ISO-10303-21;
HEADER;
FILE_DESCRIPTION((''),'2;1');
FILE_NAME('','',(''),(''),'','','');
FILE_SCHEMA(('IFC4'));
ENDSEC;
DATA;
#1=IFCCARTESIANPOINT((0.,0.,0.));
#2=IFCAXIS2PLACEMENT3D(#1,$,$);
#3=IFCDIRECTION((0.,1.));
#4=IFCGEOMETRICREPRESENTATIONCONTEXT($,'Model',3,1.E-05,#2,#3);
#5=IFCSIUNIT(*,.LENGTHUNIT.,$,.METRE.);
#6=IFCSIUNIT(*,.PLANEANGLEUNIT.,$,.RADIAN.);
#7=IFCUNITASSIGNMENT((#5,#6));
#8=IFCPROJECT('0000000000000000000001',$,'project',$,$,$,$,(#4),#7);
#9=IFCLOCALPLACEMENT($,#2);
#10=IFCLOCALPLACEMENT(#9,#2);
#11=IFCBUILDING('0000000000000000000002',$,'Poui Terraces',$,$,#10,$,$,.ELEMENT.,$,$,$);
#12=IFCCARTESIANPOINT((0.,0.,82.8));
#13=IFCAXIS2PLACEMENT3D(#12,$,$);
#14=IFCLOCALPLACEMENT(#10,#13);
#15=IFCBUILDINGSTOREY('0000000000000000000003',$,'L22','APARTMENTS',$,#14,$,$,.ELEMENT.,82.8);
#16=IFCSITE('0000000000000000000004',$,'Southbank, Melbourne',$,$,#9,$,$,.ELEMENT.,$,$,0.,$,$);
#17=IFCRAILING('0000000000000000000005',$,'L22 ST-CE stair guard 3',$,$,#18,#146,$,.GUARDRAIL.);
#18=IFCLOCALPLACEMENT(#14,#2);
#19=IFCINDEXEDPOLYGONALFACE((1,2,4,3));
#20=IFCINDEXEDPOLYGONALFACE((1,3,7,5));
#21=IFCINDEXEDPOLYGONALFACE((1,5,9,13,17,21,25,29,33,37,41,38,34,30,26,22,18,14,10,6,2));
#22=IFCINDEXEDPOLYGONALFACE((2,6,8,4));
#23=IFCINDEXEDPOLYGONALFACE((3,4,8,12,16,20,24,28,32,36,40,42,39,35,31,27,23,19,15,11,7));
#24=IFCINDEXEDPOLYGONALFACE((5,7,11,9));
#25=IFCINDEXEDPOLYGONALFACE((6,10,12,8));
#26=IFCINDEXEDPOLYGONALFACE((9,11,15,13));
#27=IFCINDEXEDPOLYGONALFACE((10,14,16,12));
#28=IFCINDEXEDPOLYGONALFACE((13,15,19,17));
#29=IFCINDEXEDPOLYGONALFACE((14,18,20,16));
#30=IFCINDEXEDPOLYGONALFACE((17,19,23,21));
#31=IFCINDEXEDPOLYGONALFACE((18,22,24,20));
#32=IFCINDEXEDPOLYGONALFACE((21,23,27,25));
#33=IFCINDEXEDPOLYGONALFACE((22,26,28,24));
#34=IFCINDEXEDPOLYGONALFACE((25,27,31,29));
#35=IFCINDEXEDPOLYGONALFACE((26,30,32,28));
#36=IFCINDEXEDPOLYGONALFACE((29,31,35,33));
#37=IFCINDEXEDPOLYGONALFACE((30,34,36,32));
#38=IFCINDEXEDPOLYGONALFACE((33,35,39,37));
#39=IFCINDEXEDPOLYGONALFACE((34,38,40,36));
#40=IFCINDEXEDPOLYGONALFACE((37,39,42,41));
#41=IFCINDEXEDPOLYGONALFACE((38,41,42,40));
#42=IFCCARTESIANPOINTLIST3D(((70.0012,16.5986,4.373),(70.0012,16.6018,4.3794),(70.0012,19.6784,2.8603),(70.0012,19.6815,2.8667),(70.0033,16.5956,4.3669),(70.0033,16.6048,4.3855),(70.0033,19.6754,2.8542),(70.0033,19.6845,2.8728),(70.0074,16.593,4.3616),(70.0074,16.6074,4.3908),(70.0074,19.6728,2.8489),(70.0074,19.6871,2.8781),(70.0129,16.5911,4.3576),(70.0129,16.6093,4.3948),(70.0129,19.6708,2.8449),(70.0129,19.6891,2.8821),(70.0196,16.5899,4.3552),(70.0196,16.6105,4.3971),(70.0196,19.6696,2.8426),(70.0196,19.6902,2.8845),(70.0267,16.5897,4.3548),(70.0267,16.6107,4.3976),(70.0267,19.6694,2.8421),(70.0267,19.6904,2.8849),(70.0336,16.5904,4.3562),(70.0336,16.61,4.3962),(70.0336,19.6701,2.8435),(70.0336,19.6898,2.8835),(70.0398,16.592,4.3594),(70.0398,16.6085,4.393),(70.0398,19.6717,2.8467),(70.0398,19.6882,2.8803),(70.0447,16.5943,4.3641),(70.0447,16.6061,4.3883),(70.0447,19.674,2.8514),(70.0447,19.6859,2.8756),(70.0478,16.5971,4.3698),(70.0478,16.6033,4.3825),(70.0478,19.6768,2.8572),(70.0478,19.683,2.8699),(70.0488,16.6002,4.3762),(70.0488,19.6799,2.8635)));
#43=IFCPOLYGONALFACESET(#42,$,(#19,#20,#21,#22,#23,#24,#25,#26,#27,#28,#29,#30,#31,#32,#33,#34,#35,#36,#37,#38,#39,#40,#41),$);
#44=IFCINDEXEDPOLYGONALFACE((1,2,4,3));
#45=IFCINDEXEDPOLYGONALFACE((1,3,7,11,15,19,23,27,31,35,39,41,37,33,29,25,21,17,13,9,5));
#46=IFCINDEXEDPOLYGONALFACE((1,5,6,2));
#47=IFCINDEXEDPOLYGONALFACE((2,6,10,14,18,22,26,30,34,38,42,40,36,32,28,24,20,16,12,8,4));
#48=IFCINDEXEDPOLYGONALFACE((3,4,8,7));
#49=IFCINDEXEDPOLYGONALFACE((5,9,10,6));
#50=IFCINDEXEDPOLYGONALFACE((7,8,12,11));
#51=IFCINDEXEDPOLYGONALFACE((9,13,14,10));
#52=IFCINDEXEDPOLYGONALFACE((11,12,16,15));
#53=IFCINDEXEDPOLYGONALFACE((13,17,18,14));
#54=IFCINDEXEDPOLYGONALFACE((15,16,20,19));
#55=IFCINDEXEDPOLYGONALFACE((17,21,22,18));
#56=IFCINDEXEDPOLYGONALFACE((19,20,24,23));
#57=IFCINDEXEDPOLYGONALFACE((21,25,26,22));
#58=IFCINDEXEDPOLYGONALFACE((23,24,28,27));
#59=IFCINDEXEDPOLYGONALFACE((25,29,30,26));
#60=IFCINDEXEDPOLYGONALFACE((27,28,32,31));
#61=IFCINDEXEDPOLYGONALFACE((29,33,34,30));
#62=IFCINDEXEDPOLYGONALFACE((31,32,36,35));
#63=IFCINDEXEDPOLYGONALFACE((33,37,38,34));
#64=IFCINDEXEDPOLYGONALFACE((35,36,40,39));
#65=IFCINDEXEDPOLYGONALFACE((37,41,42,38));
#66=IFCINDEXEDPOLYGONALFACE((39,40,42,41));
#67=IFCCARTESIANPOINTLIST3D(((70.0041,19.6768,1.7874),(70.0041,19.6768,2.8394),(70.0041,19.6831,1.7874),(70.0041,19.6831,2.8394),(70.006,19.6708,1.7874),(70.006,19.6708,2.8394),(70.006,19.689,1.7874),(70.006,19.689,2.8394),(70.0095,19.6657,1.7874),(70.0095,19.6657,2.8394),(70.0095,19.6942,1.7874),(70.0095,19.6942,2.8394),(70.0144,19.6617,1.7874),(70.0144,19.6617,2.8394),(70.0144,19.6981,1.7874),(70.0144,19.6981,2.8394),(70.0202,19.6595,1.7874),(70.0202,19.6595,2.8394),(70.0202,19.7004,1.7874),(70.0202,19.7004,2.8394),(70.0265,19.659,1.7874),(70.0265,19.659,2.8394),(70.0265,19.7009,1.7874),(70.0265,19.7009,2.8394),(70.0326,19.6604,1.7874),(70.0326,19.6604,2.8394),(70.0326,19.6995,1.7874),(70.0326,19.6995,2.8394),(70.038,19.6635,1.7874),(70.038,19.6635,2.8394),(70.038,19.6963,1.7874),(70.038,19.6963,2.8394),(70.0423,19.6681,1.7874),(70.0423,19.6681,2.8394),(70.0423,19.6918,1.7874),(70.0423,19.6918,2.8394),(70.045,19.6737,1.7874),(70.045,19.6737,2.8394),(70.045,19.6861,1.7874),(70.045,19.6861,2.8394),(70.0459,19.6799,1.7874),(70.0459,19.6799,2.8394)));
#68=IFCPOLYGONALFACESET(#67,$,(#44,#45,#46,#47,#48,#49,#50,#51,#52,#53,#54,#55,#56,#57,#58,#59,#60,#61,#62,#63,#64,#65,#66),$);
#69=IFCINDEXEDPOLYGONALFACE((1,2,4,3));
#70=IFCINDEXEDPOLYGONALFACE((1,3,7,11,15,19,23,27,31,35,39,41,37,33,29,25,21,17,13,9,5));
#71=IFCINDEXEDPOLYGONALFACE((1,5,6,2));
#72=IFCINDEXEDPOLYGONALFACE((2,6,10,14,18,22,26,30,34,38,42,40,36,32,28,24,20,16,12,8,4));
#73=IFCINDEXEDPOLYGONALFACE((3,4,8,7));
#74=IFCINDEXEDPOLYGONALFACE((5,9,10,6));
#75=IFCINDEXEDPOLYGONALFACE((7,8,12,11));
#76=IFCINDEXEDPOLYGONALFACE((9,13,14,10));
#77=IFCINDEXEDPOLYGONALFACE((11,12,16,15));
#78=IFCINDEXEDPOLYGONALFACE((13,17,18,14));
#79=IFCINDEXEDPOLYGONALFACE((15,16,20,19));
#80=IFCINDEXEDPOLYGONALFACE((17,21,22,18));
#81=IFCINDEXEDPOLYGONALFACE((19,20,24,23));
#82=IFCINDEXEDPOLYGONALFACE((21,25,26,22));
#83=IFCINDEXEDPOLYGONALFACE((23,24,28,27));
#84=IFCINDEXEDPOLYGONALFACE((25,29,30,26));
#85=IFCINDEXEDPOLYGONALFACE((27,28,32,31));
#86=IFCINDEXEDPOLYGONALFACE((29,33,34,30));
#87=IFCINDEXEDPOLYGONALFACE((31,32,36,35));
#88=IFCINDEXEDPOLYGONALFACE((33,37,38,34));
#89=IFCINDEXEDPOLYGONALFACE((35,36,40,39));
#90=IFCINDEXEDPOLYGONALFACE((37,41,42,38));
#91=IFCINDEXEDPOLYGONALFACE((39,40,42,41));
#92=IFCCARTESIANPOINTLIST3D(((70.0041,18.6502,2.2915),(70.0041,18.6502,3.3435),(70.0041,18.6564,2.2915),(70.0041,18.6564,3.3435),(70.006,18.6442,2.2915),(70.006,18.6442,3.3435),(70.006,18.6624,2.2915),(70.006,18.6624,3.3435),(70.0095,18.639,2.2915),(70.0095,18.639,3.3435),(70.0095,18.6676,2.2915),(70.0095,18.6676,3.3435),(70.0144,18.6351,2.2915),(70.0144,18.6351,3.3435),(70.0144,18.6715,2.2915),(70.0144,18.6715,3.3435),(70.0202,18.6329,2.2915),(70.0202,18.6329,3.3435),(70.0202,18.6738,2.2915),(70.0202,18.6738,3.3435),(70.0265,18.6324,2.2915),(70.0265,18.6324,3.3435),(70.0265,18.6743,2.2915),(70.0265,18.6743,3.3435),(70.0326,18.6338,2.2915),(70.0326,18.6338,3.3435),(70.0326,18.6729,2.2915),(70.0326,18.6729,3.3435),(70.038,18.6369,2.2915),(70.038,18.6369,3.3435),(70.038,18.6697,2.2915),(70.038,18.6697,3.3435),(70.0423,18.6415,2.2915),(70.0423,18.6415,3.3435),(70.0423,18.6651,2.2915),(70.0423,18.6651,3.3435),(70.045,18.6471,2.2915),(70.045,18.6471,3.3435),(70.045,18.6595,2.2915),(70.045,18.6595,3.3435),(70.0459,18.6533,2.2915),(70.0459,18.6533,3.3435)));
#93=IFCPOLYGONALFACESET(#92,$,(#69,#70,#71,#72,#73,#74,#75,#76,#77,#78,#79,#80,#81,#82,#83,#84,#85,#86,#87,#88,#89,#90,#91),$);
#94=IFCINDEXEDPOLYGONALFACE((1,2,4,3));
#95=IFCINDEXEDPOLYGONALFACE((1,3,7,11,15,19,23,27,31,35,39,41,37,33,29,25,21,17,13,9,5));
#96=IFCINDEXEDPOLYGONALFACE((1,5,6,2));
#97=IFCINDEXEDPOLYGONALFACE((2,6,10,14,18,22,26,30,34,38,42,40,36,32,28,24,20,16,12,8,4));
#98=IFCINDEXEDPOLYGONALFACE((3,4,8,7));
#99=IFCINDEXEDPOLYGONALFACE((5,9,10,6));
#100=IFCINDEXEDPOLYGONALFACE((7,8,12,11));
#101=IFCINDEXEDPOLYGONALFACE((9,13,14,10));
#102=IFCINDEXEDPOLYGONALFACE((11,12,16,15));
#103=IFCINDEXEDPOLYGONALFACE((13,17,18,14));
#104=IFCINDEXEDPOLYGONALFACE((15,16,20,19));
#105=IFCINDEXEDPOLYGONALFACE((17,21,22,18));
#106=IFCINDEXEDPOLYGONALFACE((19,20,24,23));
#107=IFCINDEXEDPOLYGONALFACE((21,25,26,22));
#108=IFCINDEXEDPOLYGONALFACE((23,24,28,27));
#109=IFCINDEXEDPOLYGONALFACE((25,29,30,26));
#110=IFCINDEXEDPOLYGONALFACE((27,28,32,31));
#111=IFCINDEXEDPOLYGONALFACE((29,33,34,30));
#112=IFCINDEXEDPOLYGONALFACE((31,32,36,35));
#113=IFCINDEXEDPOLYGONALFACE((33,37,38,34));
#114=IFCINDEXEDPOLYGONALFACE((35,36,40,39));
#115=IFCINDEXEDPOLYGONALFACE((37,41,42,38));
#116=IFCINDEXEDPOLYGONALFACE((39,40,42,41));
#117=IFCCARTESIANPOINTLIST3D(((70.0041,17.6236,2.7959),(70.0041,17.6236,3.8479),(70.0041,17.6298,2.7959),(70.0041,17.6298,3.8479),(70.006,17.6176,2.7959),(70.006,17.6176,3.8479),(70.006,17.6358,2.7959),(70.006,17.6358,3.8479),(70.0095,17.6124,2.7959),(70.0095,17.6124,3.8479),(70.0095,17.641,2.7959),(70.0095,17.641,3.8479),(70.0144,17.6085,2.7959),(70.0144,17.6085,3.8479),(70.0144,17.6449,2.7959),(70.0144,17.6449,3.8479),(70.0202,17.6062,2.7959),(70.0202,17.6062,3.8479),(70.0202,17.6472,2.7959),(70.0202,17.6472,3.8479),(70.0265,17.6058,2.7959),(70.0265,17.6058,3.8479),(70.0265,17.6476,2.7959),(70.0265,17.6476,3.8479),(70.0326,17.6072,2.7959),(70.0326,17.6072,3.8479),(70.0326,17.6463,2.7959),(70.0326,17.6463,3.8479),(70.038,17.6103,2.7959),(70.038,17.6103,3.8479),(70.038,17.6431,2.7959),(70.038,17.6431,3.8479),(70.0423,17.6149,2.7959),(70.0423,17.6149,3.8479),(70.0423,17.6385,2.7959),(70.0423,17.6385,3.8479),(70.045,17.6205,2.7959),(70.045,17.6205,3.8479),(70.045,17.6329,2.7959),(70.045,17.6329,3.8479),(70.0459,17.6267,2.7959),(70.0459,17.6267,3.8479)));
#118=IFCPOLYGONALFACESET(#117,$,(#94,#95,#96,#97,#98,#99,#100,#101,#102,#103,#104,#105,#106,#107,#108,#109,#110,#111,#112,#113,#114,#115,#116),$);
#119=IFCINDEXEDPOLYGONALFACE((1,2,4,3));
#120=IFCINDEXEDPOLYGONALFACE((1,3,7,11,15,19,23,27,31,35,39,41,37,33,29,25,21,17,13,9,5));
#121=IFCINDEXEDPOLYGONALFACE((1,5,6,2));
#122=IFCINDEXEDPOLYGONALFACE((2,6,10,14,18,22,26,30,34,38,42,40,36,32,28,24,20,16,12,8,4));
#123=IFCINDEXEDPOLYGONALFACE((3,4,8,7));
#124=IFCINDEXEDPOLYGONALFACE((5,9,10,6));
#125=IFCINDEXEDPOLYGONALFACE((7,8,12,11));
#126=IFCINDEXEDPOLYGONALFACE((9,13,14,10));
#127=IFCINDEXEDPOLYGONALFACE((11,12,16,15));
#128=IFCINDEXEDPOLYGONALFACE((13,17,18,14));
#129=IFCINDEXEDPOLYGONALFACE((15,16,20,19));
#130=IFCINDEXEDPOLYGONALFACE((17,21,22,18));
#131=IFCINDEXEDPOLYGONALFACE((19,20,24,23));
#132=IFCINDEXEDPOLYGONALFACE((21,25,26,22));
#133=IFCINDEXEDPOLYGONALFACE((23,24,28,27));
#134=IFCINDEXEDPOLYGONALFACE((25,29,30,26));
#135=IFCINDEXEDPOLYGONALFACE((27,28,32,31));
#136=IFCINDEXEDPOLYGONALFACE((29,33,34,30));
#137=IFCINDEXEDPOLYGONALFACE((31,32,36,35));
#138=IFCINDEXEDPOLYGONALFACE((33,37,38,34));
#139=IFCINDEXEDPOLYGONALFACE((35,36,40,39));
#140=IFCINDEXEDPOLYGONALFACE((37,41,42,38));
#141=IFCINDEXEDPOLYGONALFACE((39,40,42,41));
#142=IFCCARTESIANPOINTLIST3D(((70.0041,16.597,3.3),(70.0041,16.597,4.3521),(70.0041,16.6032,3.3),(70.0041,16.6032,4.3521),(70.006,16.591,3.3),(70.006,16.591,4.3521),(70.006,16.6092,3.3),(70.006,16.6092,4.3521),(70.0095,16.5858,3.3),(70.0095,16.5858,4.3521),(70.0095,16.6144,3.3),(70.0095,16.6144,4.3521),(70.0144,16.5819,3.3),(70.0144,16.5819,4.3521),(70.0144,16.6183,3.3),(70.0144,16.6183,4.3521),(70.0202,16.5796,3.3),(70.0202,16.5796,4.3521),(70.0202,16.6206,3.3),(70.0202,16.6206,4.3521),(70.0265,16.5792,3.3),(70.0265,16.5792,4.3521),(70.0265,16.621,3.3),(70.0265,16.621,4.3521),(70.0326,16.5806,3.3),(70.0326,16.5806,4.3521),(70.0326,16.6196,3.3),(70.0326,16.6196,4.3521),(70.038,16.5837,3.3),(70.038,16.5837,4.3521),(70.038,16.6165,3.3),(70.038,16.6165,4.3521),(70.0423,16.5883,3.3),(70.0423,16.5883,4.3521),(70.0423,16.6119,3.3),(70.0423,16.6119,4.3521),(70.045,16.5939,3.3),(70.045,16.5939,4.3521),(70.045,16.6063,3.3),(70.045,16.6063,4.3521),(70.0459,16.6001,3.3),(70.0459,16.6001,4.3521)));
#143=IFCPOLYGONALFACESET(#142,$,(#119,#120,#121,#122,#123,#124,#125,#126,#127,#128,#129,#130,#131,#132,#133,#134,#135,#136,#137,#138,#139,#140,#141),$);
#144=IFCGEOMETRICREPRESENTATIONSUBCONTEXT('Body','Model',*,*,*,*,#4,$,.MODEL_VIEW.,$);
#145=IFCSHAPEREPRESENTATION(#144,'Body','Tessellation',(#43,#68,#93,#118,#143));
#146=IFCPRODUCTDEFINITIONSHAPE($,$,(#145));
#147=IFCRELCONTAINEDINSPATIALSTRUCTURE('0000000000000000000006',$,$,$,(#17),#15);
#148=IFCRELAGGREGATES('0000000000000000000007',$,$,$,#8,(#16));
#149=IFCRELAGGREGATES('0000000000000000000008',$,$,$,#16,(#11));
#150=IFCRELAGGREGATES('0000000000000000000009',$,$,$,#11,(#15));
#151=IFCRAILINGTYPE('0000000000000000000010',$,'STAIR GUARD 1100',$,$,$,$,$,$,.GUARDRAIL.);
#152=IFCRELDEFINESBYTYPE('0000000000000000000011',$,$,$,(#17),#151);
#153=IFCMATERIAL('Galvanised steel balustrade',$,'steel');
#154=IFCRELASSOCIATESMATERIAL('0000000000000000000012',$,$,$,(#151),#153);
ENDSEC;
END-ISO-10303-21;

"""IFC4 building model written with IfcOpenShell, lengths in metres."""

from ifc_helpers import new_model, si_unit, direction, frame, origin, origin_2d, place, context, subcontext, project, spatial, circle, extrude, material, type_object, element, save


model = new_model("IFC4")

# Units and contexts
model_context = context("Model", 3, precision=1e-05, world=origin(), true_north=direction((0.0, 1.0)))
body_context = subcontext(model_context, "Body", "Model", "MODEL_VIEW")
ifc_project = project(units=[si_unit("LENGTHUNIT", "METRE"), si_unit("PLANEANGLEUNIT", "RADIAN")], contexts=[model_context])

# Site, building, storey
site_placement = place(None, origin())
site = spatial("IfcSite", under=ifc_project, at=site_placement, Name="Southbank, Melbourne", CompositionType="ELEMENT", RefElevation=0.0)
building_placement = place(site_placement, origin())
building = spatial("IfcBuilding", under=site, at=building_placement, Name="Poui Terraces", CompositionType="ELEMENT")
storey_placement = place(building_placement, frame((0.0, 0.0, 82.8)))
storey = spatial("IfcBuildingStorey", under=building, at=storey_placement, Name="L22", Description="APARTMENTS", CompositionType="ELEMENT", Elevation=82.8)

# Railing
ifc_material_1 = material(Name="Galvanised steel balustrade", Category="steel")
railing_type_1 = type_object("IfcRailingType", Name="STAIR GUARD 1100", PredefinedType="GUARDRAIL", material=ifc_material_1)
railing_1_placement = place(storey_placement, frame((70.0249, 19.6799, 1.7874)))
element("IfcRailing", 1, at=railing_1_placement, inside=storey, type_object=railing_type_1, Name="L22 ST-CE stair guard 3", PredefinedType="GUARDRAIL", context=body_context, shape_type="SweptSolid", body=[
    extrude(circle(Radius=0.0239, at=origin_2d()), frame((0.0, 0.0, 1.0762), z_axis=(0.0, -0.897578, 0.440856), x_axis=(1.0, 0.0, 0.0)), (0.0, 0.0, 1.0), 3.4312),
    extrude(circle(Radius=0.021, at=origin_2d()), origin(), (0.0, 0.0, 1.0), 1.052),
    extrude(circle(Radius=0.021, at=origin_2d()), frame((0.0, -1.0266, 0.5042)), (0.0, 0.0, 1.0), 1.052),
    extrude(circle(Radius=0.021, at=origin_2d()), frame((0.0, -2.0532, 1.0085)), (0.0, 0.0, 1.0), 1.052),
    extrude(circle(Radius=0.021, at=origin_2d()), frame((0.0, -3.0798, 1.5127)), (0.0, 0.0, 1.0), 1.052),
])

save(model, "model.ifc")
